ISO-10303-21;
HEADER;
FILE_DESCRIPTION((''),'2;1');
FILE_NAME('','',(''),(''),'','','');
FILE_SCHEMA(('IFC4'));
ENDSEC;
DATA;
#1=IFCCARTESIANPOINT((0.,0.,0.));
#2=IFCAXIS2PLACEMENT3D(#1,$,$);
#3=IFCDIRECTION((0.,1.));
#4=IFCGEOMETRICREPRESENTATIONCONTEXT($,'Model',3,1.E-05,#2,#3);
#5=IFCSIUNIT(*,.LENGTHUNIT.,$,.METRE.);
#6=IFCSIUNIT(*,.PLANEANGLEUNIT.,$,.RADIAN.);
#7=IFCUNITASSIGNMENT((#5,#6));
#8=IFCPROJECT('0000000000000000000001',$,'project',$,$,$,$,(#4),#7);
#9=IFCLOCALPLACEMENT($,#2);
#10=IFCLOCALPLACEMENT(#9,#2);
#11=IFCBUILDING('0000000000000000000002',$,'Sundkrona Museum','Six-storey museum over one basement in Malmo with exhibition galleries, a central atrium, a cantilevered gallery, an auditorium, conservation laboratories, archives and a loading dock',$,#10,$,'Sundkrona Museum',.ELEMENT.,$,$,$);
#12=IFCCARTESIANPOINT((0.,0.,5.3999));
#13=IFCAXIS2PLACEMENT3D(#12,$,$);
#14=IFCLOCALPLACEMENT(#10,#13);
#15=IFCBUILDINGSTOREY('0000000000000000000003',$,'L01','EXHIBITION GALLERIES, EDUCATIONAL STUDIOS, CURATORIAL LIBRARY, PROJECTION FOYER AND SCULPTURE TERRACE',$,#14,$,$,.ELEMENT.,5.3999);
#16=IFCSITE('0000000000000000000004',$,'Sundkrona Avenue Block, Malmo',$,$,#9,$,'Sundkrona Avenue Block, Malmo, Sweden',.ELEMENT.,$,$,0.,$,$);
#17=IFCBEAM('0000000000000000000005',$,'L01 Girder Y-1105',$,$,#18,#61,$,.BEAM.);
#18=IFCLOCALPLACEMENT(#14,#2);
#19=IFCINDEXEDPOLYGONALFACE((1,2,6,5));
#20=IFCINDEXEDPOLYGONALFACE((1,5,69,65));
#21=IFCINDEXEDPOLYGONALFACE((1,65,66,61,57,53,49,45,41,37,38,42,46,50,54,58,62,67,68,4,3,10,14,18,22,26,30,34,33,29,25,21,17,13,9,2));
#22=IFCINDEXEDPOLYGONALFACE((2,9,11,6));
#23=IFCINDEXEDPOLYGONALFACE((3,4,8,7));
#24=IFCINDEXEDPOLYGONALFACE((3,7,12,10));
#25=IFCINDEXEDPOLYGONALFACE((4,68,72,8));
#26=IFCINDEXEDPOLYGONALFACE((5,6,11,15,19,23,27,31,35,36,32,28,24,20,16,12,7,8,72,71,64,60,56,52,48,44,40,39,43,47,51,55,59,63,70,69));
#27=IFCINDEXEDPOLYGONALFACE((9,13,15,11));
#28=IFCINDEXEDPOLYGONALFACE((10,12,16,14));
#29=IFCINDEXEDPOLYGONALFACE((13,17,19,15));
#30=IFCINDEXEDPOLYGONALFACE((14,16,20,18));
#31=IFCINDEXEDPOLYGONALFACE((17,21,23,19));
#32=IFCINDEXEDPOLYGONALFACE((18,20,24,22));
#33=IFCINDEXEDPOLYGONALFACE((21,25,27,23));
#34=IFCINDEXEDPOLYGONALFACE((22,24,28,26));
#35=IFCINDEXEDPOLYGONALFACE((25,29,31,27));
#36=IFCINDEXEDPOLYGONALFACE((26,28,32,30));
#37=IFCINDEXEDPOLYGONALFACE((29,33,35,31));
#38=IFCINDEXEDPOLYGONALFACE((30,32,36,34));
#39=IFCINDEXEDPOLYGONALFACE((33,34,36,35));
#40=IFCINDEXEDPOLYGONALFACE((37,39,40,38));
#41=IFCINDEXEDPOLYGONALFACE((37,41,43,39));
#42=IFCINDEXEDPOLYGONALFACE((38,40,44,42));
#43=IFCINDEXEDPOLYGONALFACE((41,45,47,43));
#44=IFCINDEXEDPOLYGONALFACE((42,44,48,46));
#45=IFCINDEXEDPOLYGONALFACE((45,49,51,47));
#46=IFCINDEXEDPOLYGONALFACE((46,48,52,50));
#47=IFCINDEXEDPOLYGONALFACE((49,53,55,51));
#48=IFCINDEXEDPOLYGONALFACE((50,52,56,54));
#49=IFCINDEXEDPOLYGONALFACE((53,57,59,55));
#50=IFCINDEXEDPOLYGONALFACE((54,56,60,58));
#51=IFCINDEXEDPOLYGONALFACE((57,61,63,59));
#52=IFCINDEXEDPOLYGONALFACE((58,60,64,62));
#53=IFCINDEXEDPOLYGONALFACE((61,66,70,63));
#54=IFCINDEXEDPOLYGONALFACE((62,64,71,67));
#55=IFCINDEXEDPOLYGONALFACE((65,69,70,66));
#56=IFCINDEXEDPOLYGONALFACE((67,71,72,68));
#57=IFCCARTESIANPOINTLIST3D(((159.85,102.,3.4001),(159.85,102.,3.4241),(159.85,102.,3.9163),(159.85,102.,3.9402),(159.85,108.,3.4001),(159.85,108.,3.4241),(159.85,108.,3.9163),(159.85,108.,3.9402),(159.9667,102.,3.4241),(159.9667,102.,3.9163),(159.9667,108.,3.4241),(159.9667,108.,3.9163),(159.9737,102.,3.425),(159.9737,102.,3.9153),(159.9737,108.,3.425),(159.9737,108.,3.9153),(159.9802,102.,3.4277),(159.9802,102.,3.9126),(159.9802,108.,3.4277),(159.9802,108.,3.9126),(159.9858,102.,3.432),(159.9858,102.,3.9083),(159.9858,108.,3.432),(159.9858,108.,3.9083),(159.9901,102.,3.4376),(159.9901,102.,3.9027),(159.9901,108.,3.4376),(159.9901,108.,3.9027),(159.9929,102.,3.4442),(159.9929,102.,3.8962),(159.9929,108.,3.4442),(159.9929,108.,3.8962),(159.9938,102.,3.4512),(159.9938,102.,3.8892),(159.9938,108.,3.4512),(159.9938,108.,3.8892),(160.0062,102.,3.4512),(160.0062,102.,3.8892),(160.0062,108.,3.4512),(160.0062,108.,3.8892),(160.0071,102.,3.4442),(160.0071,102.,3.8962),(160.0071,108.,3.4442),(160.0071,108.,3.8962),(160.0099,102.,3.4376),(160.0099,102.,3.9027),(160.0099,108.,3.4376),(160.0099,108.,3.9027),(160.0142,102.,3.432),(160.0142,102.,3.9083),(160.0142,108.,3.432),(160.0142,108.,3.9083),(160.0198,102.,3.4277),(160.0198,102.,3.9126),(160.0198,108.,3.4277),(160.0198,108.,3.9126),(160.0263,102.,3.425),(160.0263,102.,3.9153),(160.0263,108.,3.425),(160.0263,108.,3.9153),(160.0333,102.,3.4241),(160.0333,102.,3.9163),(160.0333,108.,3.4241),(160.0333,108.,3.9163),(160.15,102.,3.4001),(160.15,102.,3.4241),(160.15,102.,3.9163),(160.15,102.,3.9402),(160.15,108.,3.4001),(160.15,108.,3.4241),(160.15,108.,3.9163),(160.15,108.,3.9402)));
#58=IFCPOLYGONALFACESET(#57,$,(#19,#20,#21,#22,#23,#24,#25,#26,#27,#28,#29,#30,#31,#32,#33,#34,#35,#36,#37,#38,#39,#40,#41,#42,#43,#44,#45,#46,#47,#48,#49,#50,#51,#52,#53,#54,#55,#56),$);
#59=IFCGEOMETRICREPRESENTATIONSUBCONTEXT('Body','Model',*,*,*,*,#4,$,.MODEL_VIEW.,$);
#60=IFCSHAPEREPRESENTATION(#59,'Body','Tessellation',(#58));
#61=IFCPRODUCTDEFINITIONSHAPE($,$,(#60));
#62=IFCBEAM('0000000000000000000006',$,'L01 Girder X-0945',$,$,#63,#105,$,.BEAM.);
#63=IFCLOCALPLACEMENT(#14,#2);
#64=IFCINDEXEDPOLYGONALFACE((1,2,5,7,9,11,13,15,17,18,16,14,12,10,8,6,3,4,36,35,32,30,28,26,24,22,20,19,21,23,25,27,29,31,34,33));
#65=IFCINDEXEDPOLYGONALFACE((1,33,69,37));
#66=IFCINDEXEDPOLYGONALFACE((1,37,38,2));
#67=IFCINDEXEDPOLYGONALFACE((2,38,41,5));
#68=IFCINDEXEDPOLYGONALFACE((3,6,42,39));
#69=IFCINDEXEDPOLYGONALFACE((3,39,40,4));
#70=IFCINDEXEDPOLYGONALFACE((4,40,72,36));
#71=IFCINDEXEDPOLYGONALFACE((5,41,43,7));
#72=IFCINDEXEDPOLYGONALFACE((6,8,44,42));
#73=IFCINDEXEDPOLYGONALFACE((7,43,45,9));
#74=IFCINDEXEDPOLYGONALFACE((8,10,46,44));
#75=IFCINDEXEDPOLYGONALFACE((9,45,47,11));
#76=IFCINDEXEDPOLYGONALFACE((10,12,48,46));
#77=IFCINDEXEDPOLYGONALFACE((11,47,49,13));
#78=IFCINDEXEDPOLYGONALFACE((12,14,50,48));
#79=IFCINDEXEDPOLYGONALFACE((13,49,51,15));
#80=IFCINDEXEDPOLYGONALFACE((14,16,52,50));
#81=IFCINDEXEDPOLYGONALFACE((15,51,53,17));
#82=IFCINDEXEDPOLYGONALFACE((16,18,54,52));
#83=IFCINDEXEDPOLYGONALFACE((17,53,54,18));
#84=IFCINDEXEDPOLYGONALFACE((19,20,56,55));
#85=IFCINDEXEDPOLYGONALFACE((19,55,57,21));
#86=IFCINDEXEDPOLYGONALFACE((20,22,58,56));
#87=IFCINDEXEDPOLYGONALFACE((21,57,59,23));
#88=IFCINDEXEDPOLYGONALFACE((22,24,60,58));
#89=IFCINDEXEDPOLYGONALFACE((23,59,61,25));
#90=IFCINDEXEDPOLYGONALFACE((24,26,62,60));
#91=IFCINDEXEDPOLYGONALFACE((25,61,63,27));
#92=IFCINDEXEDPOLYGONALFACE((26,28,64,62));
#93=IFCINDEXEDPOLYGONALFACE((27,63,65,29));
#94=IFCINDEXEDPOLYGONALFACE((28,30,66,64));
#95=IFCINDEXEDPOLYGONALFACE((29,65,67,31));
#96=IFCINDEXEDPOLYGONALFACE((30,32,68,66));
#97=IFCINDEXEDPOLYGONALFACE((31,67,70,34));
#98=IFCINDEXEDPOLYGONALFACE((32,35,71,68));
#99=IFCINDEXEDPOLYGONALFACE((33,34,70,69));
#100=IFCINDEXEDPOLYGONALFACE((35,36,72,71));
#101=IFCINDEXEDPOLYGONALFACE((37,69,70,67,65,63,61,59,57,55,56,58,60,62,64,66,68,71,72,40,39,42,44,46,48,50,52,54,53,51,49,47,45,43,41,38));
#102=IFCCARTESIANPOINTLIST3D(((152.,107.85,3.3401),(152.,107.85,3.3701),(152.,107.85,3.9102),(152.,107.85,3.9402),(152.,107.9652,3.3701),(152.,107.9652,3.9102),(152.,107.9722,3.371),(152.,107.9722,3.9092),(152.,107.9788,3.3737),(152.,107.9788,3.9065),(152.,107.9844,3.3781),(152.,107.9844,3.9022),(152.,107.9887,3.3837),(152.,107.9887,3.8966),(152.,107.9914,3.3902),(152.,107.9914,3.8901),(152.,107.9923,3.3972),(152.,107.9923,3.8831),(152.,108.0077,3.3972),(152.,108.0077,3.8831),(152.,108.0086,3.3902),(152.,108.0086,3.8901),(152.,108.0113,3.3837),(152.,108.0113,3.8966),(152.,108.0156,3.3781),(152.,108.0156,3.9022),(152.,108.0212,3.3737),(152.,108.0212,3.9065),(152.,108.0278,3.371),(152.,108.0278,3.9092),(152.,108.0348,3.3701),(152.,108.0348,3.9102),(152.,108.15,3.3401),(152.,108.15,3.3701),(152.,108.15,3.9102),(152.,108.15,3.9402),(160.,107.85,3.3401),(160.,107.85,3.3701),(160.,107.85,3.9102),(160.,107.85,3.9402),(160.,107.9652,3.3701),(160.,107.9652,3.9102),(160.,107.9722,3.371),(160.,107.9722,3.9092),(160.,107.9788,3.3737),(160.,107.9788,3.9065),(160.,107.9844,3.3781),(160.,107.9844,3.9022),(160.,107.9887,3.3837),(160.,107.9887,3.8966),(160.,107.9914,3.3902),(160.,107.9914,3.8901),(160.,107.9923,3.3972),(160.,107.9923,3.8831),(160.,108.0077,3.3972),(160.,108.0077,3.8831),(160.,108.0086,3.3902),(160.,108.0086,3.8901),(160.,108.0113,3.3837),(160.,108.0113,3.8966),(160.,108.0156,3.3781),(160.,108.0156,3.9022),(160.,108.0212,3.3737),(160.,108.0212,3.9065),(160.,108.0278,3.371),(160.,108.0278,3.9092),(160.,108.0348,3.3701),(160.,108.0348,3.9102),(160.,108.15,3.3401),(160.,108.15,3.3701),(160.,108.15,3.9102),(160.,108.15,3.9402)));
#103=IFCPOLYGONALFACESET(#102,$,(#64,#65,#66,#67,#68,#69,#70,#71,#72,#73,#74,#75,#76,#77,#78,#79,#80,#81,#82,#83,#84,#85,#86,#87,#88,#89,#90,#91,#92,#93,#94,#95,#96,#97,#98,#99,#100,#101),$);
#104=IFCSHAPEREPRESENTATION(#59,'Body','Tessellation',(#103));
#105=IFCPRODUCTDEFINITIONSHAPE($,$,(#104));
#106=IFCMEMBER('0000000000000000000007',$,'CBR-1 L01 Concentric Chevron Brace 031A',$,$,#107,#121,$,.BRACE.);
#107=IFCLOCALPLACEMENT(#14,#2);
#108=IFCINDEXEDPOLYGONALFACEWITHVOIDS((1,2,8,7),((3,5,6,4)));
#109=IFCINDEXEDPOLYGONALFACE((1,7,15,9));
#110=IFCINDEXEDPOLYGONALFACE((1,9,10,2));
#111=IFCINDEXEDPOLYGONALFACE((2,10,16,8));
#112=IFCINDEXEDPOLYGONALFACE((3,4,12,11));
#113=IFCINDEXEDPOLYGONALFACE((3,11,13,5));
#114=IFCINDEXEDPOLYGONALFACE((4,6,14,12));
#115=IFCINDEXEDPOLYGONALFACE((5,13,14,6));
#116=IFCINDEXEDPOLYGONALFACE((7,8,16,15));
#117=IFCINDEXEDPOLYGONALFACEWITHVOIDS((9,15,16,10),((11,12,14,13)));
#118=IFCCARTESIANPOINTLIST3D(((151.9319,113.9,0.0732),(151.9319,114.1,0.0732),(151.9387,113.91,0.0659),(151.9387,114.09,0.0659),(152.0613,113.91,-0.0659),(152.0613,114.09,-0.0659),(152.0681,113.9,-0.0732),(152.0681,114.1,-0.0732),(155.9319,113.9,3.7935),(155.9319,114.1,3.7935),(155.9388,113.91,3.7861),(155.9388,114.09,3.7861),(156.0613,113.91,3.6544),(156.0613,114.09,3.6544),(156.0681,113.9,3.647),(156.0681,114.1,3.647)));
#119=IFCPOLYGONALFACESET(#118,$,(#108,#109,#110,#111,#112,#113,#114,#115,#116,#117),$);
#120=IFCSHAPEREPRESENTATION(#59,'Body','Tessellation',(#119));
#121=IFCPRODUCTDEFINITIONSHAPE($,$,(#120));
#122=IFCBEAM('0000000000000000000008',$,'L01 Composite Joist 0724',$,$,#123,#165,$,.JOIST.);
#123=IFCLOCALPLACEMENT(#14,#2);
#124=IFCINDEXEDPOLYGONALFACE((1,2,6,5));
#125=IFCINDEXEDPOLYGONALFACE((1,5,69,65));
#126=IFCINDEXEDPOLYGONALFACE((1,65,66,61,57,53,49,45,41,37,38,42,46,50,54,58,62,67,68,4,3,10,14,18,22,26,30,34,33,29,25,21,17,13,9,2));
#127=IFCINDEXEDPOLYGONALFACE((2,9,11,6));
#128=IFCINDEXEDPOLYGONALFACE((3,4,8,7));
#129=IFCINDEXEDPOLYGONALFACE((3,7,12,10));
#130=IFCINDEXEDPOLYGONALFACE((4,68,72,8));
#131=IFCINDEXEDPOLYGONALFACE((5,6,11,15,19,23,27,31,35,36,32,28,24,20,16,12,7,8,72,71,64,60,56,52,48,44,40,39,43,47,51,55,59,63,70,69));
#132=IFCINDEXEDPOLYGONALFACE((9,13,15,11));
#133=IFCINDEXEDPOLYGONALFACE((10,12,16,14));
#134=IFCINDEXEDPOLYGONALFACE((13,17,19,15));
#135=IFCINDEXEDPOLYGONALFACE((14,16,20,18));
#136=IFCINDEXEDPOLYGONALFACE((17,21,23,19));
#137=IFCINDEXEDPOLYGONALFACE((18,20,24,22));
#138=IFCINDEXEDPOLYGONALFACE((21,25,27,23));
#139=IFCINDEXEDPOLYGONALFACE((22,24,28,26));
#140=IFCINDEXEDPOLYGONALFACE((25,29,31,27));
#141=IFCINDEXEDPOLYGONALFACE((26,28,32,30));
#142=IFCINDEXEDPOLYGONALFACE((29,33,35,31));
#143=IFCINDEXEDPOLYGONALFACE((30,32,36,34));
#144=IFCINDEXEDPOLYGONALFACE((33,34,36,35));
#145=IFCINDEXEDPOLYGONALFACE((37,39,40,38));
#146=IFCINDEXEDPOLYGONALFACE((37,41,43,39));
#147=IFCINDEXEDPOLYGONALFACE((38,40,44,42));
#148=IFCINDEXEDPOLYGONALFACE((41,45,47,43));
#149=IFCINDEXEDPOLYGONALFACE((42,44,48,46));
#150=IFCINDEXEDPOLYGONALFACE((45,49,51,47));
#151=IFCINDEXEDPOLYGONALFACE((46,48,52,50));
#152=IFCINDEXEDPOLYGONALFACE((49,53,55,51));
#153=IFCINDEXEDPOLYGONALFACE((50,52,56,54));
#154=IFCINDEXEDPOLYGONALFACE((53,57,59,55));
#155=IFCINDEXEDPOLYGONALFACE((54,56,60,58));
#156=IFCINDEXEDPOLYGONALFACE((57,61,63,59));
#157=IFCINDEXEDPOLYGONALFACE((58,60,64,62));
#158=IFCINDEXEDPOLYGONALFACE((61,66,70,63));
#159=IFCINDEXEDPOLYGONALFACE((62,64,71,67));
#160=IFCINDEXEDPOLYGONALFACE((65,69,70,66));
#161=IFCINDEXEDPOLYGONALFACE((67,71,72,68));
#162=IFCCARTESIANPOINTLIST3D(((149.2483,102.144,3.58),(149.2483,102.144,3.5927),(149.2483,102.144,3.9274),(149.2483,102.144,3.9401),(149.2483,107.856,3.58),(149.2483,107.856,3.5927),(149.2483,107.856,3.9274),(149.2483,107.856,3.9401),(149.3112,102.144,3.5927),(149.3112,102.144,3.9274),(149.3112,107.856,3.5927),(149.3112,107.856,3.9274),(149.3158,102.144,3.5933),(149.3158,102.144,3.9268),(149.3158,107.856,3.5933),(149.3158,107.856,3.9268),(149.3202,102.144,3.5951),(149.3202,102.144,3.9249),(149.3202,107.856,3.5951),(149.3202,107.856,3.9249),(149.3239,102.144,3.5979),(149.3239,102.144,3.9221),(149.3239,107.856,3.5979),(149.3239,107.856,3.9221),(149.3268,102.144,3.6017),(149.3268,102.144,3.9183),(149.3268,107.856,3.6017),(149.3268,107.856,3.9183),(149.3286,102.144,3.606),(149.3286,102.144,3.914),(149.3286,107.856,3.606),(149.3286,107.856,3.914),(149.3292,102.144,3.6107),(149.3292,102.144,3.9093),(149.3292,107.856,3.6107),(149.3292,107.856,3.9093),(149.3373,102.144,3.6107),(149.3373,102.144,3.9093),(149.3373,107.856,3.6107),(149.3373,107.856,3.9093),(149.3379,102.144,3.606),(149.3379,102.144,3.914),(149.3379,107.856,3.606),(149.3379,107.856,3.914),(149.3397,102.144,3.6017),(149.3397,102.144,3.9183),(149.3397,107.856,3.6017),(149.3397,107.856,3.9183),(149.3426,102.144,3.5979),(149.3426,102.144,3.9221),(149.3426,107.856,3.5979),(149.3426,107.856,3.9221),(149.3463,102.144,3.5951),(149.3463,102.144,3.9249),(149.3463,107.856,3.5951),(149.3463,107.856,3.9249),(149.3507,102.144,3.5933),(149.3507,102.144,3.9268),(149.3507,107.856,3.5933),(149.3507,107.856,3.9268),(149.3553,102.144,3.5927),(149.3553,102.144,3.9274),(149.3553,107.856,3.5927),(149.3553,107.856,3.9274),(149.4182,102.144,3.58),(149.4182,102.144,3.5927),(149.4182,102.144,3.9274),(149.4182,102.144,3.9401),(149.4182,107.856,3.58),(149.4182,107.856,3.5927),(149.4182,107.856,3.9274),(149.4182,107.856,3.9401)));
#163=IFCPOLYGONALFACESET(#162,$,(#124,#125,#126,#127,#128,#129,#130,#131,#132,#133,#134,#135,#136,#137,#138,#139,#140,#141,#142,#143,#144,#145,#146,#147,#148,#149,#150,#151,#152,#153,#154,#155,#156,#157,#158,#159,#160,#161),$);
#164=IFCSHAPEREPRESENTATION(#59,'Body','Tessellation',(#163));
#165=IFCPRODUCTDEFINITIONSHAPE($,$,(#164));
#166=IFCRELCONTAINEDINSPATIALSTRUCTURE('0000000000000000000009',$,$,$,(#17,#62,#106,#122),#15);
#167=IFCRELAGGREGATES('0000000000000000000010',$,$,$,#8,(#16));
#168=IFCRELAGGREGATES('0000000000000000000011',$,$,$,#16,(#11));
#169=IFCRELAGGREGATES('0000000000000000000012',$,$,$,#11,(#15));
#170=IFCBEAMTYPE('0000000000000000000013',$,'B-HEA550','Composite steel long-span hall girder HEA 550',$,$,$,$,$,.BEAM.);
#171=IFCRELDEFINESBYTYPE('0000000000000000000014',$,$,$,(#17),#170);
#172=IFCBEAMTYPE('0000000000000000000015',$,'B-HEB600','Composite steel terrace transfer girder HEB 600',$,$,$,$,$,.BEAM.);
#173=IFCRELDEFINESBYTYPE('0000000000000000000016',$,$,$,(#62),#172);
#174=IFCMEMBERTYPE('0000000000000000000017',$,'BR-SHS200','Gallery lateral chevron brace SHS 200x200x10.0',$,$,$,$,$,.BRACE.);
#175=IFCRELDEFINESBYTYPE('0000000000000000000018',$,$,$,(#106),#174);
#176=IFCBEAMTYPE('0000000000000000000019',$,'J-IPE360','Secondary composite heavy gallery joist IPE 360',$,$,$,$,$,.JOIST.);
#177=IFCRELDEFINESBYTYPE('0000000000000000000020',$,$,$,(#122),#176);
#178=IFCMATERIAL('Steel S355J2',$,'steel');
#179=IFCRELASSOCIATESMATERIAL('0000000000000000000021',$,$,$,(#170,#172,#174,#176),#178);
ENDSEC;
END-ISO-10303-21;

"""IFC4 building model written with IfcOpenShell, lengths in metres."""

from ifc_helpers import new_model, si_unit, direction, frame, origin, origin_2d, place, context, subcontext, project, spatial, hollow_rectangle, i_section, extrude, material, material_profile, profile_set, type_object, element, save


model = new_model("IFC4")

# Units and contexts
model_context = context("Model", 3, precision=1e-05, world=origin(), true_north=direction((0.0, 1.0)))
body_context = subcontext(model_context, "Body", "Model", "MODEL_VIEW")
ifc_project = project(units=[si_unit("LENGTHUNIT", "METRE"), si_unit("PLANEANGLEUNIT", "RADIAN")], contexts=[model_context])

# Site, building, storey
site_placement = place(None, origin())
site = spatial("IfcSite", under=ifc_project, at=site_placement, Name="Sundkrona Avenue Block, Malmo", LongName="Sundkrona Avenue Block, Malmo, Sweden", CompositionType="ELEMENT", RefElevation=0.0)
building_placement = place(site_placement, origin())
building = spatial("IfcBuilding", under=site, at=building_placement, Name="Sundkrona Museum", Description="Six-storey museum over one basement in Malmo with exhibition galleries, a central atrium, a cantilevered gallery, an auditorium, conservation laboratories, archives and a loading dock", LongName="Sundkrona Museum", CompositionType="ELEMENT")
storey_placement = place(building_placement, frame((0.0, 0.0, 5.3999)))
storey = spatial("IfcBuildingStorey", under=building, at=storey_placement, Name="L01", Description="EXHIBITION GALLERIES, EDUCATIONAL STUDIOS, CURATORIAL LIBRARY, PROJECTION FOYER AND SCULPTURE TERRACE", CompositionType="ELEMENT", Elevation=5.3999)

# Shared definitions
ifc_material_1 = material(Name="Steel S355J2", Category="steel")

# Beams
ifc_material_profile_1 = material_profile(ifc_material_1, i_section(OverallWidth=0.3, OverallDepth=0.54, WebThickness=0.0125, FlangeThickness=0.0239, FilletRadius=0.0271, at=origin_2d()), Name="HEA 550")
ifc_profile_set_1 = profile_set([ifc_material_profile_1], Name="Steel S355J2")
beam_type_1 = type_object("IfcBeamType", Name="B-HEA550", Description="Composite steel long-span hall girder HEA 550", PredefinedType="BEAM", material=ifc_profile_set_1)
for number, where, z_axis, x_axis, name in (
    (1, (160.0, 102.0, 3.6702), (0.0, 1.0, 0.0), (-1.0, 0.0, 0.0), "L01 Girder Y-1105"),
):
    element("IfcBeam", number, at=place(storey_placement, frame(where, z_axis=z_axis, x_axis=x_axis)), inside=storey, type_object=beam_type_1, Name=name, PredefinedType="BEAM", context=body_context, shape_type="SweptSolid", body=[
        extrude(i_section(OverallWidth=0.3, OverallDepth=0.54, WebThickness=0.0125, FlangeThickness=0.0239, FilletRadius=0.0271, at=origin_2d()), origin(), (0.0, 0.0, 1.0), 6.0),
    ])
ifc_material_profile_2 = material_profile(ifc_material_1, i_section(OverallWidth=0.3, OverallDepth=0.6001, WebThickness=0.0154, FlangeThickness=0.03, FilletRadius=0.0271, at=origin_2d()), Name="HEB 600")
ifc_profile_set_2 = profile_set([ifc_material_profile_2], Name="Steel S355J2")
beam_type_2 = type_object("IfcBeamType", Name="B-HEB600", Description="Composite steel terrace transfer girder HEB 600", PredefinedType="BEAM", material=ifc_profile_set_2)
beam_1_placement = place(storey_placement, frame((152.0, 108.0, 3.6401), z_axis=(1.0, 0.0, 0.0), x_axis=(0.0, 1.0, 0.0)))
element("IfcBeam", 2, at=beam_1_placement, inside=storey, type_object=beam_type_2, Name="L01 Girder X-0945", PredefinedType="BEAM", context=body_context, shape_type="SweptSolid", body=[
    extrude(i_section(OverallWidth=0.3, OverallDepth=0.6001, WebThickness=0.0154, FlangeThickness=0.03, FilletRadius=0.0271, at=origin_2d()), origin(), (0.0, 0.0, 1.0), 8.0),
])

# Member
ifc_material_profile_3 = material_profile(ifc_material_1, hollow_rectangle(XDim=0.2, YDim=0.2, WallThickness=0.01, at=origin_2d()), Name="SHS 200x200x10.0")
ifc_profile_set_3 = profile_set([ifc_material_profile_3], Name="Steel S355J2")
member_type = type_object("IfcMemberType", Name="BR-SHS200", Description="Gallery lateral chevron brace SHS 200x200x10.0", PredefinedType="BRACE", material=ifc_profile_set_3)
member_placement = place(storey_placement, frame((152.0, 114.0, 0.0), z_axis=(0.732252, 0.0, 0.681034), x_axis=(0.0, 1.0, 0.0)))
element("IfcMember", 3, at=member_placement, inside=storey, type_object=member_type, Name="CBR-1 L01 Concentric Chevron Brace 031A", PredefinedType="BRACE", context=body_context, shape_type="SweptSolid", body=[
    extrude(hollow_rectangle(XDim=0.2, YDim=0.2, WallThickness=0.01, at=origin_2d()), origin(), (0.0, 0.0, 1.0), 5.4626),
])

# Beam
ifc_material_profile_4 = material_profile(ifc_material_1, i_section(OverallWidth=0.1699, OverallDepth=0.3601, WebThickness=0.0081, FlangeThickness=0.0127, FilletRadius=0.0181, at=origin_2d()), Name="IPE 360")
ifc_profile_set_4 = profile_set([ifc_material_profile_4], Name="Steel S355J2")
beam_type_3 = type_object("IfcBeamType", Name="J-IPE360", Description="Secondary composite heavy gallery joist IPE 360", PredefinedType="JOIST", material=ifc_profile_set_4)
beam_2_placement = place(storey_placement, frame((149.3333, 102.144, 3.76), z_axis=(0.0, 1.0, 0.0), x_axis=(-1.0, 0.0, 0.0)))
element("IfcBeam", 4, at=beam_2_placement, inside=storey, type_object=beam_type_3, Name="L01 Composite Joist 0724", PredefinedType="JOIST", context=body_context, shape_type="SweptSolid", body=[
    extrude(i_section(OverallWidth=0.1699, OverallDepth=0.3601, WebThickness=0.0081, FlangeThickness=0.0127, FilletRadius=0.0181, at=origin_2d()), origin(), (0.0, 0.0, 1.0), 5.7119),
])

save(model, "model.ifc")
